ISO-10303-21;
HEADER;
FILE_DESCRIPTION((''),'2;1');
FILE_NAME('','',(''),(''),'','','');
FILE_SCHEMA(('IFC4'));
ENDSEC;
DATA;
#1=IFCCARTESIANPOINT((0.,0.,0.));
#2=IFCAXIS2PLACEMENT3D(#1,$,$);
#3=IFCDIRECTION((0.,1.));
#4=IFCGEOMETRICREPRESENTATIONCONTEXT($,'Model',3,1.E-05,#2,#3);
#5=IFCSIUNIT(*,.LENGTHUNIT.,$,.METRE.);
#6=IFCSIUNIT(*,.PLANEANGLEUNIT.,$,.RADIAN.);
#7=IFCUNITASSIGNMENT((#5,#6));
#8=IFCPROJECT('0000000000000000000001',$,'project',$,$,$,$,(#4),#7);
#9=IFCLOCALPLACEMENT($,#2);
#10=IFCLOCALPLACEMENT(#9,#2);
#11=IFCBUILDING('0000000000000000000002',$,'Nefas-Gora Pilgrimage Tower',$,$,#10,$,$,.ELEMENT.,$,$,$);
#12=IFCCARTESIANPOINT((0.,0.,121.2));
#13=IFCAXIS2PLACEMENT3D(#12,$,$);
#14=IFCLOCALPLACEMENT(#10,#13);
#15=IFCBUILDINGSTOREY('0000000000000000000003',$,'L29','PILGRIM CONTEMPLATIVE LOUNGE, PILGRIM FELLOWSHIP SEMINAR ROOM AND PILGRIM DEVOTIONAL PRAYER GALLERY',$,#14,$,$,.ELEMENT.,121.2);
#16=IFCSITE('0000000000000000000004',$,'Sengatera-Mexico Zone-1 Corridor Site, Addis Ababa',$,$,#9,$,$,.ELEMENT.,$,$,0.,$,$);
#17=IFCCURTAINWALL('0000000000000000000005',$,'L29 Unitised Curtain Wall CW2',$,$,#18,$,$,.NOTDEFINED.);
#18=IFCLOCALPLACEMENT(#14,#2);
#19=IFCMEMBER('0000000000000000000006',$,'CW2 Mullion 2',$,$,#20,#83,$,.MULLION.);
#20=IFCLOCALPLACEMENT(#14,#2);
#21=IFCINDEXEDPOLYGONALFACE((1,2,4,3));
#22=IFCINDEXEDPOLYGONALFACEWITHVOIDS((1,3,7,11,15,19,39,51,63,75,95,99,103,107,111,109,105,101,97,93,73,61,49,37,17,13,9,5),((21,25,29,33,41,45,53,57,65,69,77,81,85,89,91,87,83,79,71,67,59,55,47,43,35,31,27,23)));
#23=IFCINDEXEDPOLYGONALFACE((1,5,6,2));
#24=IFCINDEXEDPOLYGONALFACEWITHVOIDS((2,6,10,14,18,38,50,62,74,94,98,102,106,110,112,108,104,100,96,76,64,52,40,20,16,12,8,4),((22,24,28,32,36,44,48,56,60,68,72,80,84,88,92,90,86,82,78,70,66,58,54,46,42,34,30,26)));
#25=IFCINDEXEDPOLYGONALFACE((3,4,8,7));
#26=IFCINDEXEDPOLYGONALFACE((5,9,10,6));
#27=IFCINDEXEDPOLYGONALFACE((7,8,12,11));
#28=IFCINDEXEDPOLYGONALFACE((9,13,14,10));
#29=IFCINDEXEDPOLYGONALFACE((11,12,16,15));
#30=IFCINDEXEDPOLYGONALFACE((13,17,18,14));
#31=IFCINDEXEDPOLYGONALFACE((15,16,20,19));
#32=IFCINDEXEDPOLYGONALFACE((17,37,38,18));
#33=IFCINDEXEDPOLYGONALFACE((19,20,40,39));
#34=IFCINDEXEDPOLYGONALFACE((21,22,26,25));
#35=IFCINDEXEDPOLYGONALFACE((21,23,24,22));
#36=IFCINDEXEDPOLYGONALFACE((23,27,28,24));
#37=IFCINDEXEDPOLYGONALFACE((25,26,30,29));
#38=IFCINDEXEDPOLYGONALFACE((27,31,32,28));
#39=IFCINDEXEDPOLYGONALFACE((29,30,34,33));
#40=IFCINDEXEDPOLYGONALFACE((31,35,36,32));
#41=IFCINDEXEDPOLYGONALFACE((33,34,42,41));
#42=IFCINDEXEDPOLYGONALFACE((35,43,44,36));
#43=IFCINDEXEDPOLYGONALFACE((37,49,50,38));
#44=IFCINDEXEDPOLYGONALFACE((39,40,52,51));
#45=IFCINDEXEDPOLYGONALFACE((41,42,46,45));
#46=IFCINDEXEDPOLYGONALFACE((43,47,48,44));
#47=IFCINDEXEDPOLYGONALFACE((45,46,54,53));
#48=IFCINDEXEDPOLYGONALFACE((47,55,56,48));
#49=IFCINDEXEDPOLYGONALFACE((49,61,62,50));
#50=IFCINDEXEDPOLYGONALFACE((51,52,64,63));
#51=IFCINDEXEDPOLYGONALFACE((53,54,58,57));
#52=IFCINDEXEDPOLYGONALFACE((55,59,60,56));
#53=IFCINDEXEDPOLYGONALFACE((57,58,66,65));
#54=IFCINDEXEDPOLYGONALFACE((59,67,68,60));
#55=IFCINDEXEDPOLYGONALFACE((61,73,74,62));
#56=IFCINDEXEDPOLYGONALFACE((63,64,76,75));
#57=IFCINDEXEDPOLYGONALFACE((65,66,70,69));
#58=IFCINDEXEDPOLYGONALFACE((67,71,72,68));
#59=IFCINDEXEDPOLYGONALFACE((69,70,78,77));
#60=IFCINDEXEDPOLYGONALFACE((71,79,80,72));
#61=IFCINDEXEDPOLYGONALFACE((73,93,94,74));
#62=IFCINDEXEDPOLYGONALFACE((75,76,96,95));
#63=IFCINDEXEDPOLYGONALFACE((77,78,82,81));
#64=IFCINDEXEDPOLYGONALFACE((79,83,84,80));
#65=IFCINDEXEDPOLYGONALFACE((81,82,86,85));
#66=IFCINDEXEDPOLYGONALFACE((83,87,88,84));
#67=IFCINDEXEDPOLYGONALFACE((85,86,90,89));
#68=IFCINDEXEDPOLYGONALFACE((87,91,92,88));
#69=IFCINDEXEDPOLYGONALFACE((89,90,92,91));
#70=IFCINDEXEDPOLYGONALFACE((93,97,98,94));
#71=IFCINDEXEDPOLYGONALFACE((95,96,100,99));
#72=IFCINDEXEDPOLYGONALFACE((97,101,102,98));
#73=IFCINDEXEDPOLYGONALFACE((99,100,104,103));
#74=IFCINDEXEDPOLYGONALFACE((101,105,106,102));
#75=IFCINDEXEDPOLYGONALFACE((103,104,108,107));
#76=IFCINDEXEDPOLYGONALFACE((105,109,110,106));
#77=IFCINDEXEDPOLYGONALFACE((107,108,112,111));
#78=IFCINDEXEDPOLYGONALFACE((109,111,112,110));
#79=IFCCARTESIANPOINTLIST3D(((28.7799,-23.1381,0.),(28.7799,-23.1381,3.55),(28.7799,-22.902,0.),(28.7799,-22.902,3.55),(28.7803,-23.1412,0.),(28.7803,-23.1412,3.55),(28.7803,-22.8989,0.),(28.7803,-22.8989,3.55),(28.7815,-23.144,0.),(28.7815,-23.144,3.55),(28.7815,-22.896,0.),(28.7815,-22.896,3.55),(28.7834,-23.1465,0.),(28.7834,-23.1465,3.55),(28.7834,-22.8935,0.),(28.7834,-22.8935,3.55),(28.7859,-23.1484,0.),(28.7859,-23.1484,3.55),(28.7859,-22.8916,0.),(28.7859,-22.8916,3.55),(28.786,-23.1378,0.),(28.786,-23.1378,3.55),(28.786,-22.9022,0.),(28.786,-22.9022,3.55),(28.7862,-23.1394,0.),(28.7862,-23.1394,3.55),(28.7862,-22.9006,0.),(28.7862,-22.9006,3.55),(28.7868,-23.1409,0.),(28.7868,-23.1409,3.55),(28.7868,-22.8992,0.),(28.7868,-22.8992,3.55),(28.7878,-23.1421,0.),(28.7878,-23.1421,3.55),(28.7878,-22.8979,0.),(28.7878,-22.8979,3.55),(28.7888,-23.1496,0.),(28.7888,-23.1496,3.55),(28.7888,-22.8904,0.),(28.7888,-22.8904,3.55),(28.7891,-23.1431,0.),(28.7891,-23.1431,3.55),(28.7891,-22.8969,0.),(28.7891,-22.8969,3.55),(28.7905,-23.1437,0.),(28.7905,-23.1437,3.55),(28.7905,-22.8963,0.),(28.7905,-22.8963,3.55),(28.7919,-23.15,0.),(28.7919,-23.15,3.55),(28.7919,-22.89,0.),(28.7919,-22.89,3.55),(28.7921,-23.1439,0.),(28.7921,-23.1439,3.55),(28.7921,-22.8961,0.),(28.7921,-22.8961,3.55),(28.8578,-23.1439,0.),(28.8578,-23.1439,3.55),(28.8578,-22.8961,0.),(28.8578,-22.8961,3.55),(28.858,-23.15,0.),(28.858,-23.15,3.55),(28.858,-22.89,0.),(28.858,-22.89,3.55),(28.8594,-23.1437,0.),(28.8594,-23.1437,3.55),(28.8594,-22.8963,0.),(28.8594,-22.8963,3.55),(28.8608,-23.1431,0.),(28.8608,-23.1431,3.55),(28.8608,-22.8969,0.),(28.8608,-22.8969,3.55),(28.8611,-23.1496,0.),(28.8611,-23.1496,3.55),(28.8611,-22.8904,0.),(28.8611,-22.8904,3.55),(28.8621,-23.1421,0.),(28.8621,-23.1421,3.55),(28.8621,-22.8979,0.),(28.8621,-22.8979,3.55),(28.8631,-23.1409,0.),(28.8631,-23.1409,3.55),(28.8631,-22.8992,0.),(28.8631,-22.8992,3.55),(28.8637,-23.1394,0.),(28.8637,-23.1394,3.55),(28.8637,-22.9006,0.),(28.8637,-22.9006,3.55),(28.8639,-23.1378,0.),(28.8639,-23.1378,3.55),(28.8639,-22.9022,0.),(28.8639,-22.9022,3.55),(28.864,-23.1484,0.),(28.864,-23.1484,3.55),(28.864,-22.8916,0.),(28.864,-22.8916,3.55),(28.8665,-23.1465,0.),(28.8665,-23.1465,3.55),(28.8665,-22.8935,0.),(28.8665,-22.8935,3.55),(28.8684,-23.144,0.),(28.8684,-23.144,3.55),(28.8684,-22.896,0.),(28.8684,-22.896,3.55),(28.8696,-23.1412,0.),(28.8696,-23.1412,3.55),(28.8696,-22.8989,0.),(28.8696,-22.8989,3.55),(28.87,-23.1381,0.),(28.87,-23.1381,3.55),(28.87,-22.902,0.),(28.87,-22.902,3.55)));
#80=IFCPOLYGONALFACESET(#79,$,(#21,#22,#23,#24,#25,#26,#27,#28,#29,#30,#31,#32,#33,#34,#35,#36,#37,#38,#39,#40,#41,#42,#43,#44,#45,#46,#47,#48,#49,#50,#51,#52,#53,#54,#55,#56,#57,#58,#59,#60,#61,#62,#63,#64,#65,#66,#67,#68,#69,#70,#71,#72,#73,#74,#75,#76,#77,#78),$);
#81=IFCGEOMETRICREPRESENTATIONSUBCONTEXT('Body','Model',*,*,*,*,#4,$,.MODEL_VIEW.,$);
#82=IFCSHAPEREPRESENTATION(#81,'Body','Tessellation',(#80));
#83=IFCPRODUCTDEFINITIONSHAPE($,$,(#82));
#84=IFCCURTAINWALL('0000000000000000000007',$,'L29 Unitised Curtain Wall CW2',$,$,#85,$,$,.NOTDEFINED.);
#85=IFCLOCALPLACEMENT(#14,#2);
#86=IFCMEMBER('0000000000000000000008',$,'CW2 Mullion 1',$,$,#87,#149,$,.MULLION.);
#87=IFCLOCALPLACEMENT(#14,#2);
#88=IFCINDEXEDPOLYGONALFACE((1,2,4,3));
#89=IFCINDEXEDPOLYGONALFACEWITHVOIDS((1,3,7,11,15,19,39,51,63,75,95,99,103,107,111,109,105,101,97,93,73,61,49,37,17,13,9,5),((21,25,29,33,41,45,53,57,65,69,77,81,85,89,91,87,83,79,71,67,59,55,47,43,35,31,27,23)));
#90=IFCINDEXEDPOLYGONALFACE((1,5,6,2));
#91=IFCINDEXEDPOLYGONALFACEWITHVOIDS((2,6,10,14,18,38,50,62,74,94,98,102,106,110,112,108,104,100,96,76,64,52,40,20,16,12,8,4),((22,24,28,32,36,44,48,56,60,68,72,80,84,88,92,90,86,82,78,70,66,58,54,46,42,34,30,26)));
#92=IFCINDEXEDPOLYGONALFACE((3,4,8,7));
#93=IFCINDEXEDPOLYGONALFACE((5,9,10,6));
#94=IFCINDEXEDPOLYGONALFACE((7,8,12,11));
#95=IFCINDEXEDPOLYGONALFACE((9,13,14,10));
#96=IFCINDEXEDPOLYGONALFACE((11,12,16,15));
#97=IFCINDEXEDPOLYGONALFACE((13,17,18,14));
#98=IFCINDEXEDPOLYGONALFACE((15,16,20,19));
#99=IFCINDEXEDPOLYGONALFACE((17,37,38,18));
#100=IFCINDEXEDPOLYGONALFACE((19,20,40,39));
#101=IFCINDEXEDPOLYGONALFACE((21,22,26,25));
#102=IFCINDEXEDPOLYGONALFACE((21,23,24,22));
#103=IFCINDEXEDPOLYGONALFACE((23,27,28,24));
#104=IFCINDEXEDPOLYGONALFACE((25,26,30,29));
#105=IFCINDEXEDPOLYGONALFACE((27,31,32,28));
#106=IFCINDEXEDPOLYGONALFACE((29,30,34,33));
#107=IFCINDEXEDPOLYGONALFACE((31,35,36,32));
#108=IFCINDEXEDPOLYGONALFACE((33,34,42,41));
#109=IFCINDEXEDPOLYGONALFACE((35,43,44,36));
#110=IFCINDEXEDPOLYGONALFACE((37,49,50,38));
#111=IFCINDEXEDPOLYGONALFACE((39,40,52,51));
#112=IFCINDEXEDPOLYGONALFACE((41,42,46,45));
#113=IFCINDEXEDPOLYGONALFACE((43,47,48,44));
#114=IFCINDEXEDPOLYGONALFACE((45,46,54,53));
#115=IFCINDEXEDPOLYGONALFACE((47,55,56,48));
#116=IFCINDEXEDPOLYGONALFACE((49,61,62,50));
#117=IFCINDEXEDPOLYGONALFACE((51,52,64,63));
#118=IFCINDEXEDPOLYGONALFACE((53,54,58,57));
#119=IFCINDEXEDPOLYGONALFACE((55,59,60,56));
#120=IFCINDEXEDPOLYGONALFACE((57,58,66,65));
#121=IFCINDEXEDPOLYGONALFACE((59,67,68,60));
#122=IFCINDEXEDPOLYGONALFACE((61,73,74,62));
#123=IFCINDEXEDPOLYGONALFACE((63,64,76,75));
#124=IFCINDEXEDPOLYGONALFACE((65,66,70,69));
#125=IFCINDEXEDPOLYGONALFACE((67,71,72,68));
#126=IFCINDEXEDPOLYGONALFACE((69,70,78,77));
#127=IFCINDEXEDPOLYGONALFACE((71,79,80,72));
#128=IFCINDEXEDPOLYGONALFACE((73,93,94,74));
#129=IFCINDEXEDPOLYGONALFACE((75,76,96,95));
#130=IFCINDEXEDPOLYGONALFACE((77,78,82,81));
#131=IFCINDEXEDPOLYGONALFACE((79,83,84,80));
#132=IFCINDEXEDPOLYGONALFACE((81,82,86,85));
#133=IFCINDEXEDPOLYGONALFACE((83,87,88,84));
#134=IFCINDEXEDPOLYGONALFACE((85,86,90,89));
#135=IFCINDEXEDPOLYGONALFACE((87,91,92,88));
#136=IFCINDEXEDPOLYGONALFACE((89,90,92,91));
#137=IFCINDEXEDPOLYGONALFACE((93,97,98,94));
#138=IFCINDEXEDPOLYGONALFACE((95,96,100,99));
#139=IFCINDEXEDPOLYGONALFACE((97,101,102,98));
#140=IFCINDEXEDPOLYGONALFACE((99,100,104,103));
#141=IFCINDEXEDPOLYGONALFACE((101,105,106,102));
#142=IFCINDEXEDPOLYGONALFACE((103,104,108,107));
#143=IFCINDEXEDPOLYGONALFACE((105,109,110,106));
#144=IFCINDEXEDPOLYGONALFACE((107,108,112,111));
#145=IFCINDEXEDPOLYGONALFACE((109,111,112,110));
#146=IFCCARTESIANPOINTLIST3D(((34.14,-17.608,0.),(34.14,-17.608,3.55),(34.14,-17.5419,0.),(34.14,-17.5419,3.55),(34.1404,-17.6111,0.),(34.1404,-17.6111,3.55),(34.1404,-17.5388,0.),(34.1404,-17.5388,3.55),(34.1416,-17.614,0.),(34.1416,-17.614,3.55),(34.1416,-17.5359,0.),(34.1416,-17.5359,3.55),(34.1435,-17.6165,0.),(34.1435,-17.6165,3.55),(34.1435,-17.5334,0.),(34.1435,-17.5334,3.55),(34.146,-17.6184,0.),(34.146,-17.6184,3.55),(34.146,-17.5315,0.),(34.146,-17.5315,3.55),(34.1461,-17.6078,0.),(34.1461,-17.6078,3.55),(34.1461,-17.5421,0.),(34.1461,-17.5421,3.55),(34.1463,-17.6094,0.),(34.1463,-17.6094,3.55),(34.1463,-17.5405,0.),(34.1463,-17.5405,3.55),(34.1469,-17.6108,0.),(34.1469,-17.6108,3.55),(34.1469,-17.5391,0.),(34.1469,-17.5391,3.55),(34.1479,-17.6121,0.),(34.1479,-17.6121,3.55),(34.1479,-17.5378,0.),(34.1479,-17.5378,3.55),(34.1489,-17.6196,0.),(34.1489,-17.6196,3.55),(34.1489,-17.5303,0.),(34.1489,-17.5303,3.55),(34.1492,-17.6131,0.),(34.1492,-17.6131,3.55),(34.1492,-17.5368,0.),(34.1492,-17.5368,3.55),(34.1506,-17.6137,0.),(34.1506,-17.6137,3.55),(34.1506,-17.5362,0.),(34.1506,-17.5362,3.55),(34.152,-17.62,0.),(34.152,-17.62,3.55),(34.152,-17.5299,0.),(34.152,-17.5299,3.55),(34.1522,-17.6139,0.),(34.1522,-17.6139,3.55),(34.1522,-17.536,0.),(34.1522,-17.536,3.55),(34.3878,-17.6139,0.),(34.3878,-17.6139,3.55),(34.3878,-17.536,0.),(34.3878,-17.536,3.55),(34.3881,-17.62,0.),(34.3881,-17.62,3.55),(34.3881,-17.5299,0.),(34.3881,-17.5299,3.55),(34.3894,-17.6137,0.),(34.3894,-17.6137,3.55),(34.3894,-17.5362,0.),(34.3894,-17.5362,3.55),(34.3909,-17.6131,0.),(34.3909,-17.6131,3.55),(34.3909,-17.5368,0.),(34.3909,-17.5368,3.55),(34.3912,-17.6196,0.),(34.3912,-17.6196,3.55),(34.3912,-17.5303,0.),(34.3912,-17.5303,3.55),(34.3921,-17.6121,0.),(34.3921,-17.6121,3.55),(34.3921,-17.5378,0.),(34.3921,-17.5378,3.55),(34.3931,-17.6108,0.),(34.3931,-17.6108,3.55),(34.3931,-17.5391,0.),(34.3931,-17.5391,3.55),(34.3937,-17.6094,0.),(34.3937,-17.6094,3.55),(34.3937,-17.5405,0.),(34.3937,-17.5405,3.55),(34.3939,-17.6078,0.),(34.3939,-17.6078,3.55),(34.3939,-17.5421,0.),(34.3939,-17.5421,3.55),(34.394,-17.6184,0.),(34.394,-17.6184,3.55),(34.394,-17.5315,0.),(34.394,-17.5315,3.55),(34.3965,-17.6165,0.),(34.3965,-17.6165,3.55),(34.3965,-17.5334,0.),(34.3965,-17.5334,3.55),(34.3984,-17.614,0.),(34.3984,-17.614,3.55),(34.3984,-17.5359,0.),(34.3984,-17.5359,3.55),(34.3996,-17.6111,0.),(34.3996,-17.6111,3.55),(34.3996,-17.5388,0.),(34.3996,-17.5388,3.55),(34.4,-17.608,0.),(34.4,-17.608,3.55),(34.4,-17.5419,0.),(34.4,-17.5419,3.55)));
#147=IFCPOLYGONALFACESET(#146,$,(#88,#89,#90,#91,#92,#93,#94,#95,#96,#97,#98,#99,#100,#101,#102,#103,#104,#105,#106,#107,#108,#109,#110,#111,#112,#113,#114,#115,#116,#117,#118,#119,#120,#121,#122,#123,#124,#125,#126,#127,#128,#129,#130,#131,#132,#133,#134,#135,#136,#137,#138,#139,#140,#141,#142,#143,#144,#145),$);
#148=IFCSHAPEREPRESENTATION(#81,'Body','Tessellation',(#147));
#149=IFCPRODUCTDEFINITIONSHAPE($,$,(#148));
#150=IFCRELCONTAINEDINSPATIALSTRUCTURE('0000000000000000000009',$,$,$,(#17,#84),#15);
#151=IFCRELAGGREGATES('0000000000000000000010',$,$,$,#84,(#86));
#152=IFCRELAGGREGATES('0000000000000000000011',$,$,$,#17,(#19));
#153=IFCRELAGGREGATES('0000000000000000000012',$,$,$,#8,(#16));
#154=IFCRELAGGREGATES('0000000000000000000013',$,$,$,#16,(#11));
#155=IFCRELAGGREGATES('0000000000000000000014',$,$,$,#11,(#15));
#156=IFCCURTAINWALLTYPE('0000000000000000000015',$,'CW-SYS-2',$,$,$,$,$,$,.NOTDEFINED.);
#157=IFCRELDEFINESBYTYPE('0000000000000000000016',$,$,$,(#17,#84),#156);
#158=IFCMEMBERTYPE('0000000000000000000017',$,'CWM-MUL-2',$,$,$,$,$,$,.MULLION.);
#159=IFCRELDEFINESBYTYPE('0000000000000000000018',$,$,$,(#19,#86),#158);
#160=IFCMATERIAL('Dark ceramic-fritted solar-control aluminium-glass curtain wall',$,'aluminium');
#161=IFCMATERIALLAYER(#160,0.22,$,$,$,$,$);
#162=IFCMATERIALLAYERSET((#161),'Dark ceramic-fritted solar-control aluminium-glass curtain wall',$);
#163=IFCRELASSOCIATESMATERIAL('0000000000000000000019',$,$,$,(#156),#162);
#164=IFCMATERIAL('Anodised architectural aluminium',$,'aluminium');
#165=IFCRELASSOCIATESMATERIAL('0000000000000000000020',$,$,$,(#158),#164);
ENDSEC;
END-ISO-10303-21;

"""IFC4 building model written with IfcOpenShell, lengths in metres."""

from ifc_helpers import new_model, si_unit, direction, frame, origin, origin_2d, place, context, subcontext, project, spatial, hollow_rectangle, extrude, source, transform, mapped, material, layer, layer_set, material_profile, profile_set, type_object, element, aggregate, save


model = new_model("IFC4")

# Units and contexts
model_context = context("Model", 3, precision=1e-05, world=origin(), true_north=direction((0.0, 1.0)))
body_context = subcontext(model_context, "Body", "Model", "MODEL_VIEW")
ifc_project = project(units=[si_unit("LENGTHUNIT", "METRE"), si_unit("PLANEANGLEUNIT", "RADIAN")], contexts=[model_context])

# Site, building, storey
site_placement = place(None, origin())
site = spatial("IfcSite", under=ifc_project, at=site_placement, Name="Sengatera-Mexico Zone-1 Corridor Site, Addis Ababa", CompositionType="ELEMENT", RefElevation=0.0)
building_placement = place(site_placement, origin())
building = spatial("IfcBuilding", under=site, at=building_placement, Name="Nefas-Gora Pilgrimage Tower", CompositionType="ELEMENT")
storey_placement = place(building_placement, frame((0.0, 0.0, 121.2)))
storey = spatial("IfcBuildingStorey", under=building, at=storey_placement, Name="L29", Description="PILGRIM CONTEMPLATIVE LOUNGE, PILGRIM FELLOWSHIP SEMINAR ROOM AND PILGRIM DEVOTIONAL PRAYER GALLERY", CompositionType="ELEMENT", Elevation=121.2)

# Curtain wall, member
ifc_material_1 = material(Name="Dark ceramic-fritted solar-control aluminium-glass curtain wall", Category="aluminium")
ifc_layer_1 = layer(ifc_material_1, 0.22)
ifc_layer_set_1 = layer_set([ifc_layer_1], Name="Dark ceramic-fritted solar-control aluminium-glass curtain wall")
curtain_wall_type = type_object("IfcCurtainWallType", Name="CW-SYS-2", PredefinedType="NOTDEFINED", material=ifc_layer_set_1)
curtain_wall_1_placement = place(storey_placement, origin())
curtain_wall_1 = element("IfcCurtainWall", 1, at=curtain_wall_1_placement, inside=storey, type_object=curtain_wall_type, Name="L29 Unitised Curtain Wall CW2", PredefinedType="NOTDEFINED")
ifc_material_2 = material(Name="Anodised architectural aluminium", Category="aluminium")
ifc_material_profile_1 = material_profile(ifc_material_2, hollow_rectangle(XDim=0.0901, YDim=0.26, WallThickness=0.0061, InnerFilletRadius=0.0061, OuterFilletRadius=0.012, at=origin_2d()), Name="ALU MULLION 90x260")
ifc_profile_set_1 = profile_set([ifc_material_profile_1], Name="Anodised architectural aluminium")
member_type_1 = type_object("IfcMemberType", Name="CWM-MUL-2", PredefinedType="MULLION", material=ifc_profile_set_1)
shared_shape_1 = source(origin(), body_context, "Body", "SweptSolid", [
    extrude(hollow_rectangle(XDim=0.0901, YDim=0.26, WallThickness=0.0061, InnerFilletRadius=0.0061, OuterFilletRadius=0.012, at=origin_2d()), origin(), (0.0, 0.0, 1.0), 3.55),
])
member_1_placement = place(storey_placement, frame((28.825, -23.02, 0.0), z_axis=(0.0, 0.0, 1.0), x_axis=(1.0, 0.0, 0.0)))
member_1 = element("IfcMember", 2, at=member_1_placement, type_object=member_type_1, Name="CW2 Mullion 2", PredefinedType="MULLION", context=body_context, shape_type="MappedRepresentation", body=[
    mapped(shared_shape_1, transform((0.0, 0.0, 0.0), x_axis=(1.0, 0.0, 0.0), y_axis=(0.0, 1.0, 0.0), z_axis=(0.0, 0.0, 1.0), scale=1.0)),
])

# Curtain wall, member
curtain_wall_2_placement = place(storey_placement, origin())
curtain_wall_2 = element("IfcCurtainWall", 3, at=curtain_wall_2_placement, inside=storey, type_object=curtain_wall_type, Name="L29 Unitised Curtain Wall CW2", PredefinedType="NOTDEFINED")
member_2_placement = place(storey_placement, frame((34.27, -17.575, 0.0), z_axis=(0.0, 0.0, 1.0), x_axis=(0.0, 1.0, 0.0)))
member_2 = element("IfcMember", 4, at=member_2_placement, type_object=member_type_1, Name="CW2 Mullion 1", PredefinedType="MULLION", context=body_context, shape_type="MappedRepresentation", body=[
    mapped(shared_shape_1, transform((0.0, 0.0, 0.0), x_axis=(1.0, 0.0, 0.0), y_axis=(0.0, 1.0, 0.0), z_axis=(0.0, 0.0, 1.0), scale=1.0)),
])
aggregate(curtain_wall_2, [member_2])

aggregate(curtain_wall_1, [member_1])

save(model, "model.ifc")
